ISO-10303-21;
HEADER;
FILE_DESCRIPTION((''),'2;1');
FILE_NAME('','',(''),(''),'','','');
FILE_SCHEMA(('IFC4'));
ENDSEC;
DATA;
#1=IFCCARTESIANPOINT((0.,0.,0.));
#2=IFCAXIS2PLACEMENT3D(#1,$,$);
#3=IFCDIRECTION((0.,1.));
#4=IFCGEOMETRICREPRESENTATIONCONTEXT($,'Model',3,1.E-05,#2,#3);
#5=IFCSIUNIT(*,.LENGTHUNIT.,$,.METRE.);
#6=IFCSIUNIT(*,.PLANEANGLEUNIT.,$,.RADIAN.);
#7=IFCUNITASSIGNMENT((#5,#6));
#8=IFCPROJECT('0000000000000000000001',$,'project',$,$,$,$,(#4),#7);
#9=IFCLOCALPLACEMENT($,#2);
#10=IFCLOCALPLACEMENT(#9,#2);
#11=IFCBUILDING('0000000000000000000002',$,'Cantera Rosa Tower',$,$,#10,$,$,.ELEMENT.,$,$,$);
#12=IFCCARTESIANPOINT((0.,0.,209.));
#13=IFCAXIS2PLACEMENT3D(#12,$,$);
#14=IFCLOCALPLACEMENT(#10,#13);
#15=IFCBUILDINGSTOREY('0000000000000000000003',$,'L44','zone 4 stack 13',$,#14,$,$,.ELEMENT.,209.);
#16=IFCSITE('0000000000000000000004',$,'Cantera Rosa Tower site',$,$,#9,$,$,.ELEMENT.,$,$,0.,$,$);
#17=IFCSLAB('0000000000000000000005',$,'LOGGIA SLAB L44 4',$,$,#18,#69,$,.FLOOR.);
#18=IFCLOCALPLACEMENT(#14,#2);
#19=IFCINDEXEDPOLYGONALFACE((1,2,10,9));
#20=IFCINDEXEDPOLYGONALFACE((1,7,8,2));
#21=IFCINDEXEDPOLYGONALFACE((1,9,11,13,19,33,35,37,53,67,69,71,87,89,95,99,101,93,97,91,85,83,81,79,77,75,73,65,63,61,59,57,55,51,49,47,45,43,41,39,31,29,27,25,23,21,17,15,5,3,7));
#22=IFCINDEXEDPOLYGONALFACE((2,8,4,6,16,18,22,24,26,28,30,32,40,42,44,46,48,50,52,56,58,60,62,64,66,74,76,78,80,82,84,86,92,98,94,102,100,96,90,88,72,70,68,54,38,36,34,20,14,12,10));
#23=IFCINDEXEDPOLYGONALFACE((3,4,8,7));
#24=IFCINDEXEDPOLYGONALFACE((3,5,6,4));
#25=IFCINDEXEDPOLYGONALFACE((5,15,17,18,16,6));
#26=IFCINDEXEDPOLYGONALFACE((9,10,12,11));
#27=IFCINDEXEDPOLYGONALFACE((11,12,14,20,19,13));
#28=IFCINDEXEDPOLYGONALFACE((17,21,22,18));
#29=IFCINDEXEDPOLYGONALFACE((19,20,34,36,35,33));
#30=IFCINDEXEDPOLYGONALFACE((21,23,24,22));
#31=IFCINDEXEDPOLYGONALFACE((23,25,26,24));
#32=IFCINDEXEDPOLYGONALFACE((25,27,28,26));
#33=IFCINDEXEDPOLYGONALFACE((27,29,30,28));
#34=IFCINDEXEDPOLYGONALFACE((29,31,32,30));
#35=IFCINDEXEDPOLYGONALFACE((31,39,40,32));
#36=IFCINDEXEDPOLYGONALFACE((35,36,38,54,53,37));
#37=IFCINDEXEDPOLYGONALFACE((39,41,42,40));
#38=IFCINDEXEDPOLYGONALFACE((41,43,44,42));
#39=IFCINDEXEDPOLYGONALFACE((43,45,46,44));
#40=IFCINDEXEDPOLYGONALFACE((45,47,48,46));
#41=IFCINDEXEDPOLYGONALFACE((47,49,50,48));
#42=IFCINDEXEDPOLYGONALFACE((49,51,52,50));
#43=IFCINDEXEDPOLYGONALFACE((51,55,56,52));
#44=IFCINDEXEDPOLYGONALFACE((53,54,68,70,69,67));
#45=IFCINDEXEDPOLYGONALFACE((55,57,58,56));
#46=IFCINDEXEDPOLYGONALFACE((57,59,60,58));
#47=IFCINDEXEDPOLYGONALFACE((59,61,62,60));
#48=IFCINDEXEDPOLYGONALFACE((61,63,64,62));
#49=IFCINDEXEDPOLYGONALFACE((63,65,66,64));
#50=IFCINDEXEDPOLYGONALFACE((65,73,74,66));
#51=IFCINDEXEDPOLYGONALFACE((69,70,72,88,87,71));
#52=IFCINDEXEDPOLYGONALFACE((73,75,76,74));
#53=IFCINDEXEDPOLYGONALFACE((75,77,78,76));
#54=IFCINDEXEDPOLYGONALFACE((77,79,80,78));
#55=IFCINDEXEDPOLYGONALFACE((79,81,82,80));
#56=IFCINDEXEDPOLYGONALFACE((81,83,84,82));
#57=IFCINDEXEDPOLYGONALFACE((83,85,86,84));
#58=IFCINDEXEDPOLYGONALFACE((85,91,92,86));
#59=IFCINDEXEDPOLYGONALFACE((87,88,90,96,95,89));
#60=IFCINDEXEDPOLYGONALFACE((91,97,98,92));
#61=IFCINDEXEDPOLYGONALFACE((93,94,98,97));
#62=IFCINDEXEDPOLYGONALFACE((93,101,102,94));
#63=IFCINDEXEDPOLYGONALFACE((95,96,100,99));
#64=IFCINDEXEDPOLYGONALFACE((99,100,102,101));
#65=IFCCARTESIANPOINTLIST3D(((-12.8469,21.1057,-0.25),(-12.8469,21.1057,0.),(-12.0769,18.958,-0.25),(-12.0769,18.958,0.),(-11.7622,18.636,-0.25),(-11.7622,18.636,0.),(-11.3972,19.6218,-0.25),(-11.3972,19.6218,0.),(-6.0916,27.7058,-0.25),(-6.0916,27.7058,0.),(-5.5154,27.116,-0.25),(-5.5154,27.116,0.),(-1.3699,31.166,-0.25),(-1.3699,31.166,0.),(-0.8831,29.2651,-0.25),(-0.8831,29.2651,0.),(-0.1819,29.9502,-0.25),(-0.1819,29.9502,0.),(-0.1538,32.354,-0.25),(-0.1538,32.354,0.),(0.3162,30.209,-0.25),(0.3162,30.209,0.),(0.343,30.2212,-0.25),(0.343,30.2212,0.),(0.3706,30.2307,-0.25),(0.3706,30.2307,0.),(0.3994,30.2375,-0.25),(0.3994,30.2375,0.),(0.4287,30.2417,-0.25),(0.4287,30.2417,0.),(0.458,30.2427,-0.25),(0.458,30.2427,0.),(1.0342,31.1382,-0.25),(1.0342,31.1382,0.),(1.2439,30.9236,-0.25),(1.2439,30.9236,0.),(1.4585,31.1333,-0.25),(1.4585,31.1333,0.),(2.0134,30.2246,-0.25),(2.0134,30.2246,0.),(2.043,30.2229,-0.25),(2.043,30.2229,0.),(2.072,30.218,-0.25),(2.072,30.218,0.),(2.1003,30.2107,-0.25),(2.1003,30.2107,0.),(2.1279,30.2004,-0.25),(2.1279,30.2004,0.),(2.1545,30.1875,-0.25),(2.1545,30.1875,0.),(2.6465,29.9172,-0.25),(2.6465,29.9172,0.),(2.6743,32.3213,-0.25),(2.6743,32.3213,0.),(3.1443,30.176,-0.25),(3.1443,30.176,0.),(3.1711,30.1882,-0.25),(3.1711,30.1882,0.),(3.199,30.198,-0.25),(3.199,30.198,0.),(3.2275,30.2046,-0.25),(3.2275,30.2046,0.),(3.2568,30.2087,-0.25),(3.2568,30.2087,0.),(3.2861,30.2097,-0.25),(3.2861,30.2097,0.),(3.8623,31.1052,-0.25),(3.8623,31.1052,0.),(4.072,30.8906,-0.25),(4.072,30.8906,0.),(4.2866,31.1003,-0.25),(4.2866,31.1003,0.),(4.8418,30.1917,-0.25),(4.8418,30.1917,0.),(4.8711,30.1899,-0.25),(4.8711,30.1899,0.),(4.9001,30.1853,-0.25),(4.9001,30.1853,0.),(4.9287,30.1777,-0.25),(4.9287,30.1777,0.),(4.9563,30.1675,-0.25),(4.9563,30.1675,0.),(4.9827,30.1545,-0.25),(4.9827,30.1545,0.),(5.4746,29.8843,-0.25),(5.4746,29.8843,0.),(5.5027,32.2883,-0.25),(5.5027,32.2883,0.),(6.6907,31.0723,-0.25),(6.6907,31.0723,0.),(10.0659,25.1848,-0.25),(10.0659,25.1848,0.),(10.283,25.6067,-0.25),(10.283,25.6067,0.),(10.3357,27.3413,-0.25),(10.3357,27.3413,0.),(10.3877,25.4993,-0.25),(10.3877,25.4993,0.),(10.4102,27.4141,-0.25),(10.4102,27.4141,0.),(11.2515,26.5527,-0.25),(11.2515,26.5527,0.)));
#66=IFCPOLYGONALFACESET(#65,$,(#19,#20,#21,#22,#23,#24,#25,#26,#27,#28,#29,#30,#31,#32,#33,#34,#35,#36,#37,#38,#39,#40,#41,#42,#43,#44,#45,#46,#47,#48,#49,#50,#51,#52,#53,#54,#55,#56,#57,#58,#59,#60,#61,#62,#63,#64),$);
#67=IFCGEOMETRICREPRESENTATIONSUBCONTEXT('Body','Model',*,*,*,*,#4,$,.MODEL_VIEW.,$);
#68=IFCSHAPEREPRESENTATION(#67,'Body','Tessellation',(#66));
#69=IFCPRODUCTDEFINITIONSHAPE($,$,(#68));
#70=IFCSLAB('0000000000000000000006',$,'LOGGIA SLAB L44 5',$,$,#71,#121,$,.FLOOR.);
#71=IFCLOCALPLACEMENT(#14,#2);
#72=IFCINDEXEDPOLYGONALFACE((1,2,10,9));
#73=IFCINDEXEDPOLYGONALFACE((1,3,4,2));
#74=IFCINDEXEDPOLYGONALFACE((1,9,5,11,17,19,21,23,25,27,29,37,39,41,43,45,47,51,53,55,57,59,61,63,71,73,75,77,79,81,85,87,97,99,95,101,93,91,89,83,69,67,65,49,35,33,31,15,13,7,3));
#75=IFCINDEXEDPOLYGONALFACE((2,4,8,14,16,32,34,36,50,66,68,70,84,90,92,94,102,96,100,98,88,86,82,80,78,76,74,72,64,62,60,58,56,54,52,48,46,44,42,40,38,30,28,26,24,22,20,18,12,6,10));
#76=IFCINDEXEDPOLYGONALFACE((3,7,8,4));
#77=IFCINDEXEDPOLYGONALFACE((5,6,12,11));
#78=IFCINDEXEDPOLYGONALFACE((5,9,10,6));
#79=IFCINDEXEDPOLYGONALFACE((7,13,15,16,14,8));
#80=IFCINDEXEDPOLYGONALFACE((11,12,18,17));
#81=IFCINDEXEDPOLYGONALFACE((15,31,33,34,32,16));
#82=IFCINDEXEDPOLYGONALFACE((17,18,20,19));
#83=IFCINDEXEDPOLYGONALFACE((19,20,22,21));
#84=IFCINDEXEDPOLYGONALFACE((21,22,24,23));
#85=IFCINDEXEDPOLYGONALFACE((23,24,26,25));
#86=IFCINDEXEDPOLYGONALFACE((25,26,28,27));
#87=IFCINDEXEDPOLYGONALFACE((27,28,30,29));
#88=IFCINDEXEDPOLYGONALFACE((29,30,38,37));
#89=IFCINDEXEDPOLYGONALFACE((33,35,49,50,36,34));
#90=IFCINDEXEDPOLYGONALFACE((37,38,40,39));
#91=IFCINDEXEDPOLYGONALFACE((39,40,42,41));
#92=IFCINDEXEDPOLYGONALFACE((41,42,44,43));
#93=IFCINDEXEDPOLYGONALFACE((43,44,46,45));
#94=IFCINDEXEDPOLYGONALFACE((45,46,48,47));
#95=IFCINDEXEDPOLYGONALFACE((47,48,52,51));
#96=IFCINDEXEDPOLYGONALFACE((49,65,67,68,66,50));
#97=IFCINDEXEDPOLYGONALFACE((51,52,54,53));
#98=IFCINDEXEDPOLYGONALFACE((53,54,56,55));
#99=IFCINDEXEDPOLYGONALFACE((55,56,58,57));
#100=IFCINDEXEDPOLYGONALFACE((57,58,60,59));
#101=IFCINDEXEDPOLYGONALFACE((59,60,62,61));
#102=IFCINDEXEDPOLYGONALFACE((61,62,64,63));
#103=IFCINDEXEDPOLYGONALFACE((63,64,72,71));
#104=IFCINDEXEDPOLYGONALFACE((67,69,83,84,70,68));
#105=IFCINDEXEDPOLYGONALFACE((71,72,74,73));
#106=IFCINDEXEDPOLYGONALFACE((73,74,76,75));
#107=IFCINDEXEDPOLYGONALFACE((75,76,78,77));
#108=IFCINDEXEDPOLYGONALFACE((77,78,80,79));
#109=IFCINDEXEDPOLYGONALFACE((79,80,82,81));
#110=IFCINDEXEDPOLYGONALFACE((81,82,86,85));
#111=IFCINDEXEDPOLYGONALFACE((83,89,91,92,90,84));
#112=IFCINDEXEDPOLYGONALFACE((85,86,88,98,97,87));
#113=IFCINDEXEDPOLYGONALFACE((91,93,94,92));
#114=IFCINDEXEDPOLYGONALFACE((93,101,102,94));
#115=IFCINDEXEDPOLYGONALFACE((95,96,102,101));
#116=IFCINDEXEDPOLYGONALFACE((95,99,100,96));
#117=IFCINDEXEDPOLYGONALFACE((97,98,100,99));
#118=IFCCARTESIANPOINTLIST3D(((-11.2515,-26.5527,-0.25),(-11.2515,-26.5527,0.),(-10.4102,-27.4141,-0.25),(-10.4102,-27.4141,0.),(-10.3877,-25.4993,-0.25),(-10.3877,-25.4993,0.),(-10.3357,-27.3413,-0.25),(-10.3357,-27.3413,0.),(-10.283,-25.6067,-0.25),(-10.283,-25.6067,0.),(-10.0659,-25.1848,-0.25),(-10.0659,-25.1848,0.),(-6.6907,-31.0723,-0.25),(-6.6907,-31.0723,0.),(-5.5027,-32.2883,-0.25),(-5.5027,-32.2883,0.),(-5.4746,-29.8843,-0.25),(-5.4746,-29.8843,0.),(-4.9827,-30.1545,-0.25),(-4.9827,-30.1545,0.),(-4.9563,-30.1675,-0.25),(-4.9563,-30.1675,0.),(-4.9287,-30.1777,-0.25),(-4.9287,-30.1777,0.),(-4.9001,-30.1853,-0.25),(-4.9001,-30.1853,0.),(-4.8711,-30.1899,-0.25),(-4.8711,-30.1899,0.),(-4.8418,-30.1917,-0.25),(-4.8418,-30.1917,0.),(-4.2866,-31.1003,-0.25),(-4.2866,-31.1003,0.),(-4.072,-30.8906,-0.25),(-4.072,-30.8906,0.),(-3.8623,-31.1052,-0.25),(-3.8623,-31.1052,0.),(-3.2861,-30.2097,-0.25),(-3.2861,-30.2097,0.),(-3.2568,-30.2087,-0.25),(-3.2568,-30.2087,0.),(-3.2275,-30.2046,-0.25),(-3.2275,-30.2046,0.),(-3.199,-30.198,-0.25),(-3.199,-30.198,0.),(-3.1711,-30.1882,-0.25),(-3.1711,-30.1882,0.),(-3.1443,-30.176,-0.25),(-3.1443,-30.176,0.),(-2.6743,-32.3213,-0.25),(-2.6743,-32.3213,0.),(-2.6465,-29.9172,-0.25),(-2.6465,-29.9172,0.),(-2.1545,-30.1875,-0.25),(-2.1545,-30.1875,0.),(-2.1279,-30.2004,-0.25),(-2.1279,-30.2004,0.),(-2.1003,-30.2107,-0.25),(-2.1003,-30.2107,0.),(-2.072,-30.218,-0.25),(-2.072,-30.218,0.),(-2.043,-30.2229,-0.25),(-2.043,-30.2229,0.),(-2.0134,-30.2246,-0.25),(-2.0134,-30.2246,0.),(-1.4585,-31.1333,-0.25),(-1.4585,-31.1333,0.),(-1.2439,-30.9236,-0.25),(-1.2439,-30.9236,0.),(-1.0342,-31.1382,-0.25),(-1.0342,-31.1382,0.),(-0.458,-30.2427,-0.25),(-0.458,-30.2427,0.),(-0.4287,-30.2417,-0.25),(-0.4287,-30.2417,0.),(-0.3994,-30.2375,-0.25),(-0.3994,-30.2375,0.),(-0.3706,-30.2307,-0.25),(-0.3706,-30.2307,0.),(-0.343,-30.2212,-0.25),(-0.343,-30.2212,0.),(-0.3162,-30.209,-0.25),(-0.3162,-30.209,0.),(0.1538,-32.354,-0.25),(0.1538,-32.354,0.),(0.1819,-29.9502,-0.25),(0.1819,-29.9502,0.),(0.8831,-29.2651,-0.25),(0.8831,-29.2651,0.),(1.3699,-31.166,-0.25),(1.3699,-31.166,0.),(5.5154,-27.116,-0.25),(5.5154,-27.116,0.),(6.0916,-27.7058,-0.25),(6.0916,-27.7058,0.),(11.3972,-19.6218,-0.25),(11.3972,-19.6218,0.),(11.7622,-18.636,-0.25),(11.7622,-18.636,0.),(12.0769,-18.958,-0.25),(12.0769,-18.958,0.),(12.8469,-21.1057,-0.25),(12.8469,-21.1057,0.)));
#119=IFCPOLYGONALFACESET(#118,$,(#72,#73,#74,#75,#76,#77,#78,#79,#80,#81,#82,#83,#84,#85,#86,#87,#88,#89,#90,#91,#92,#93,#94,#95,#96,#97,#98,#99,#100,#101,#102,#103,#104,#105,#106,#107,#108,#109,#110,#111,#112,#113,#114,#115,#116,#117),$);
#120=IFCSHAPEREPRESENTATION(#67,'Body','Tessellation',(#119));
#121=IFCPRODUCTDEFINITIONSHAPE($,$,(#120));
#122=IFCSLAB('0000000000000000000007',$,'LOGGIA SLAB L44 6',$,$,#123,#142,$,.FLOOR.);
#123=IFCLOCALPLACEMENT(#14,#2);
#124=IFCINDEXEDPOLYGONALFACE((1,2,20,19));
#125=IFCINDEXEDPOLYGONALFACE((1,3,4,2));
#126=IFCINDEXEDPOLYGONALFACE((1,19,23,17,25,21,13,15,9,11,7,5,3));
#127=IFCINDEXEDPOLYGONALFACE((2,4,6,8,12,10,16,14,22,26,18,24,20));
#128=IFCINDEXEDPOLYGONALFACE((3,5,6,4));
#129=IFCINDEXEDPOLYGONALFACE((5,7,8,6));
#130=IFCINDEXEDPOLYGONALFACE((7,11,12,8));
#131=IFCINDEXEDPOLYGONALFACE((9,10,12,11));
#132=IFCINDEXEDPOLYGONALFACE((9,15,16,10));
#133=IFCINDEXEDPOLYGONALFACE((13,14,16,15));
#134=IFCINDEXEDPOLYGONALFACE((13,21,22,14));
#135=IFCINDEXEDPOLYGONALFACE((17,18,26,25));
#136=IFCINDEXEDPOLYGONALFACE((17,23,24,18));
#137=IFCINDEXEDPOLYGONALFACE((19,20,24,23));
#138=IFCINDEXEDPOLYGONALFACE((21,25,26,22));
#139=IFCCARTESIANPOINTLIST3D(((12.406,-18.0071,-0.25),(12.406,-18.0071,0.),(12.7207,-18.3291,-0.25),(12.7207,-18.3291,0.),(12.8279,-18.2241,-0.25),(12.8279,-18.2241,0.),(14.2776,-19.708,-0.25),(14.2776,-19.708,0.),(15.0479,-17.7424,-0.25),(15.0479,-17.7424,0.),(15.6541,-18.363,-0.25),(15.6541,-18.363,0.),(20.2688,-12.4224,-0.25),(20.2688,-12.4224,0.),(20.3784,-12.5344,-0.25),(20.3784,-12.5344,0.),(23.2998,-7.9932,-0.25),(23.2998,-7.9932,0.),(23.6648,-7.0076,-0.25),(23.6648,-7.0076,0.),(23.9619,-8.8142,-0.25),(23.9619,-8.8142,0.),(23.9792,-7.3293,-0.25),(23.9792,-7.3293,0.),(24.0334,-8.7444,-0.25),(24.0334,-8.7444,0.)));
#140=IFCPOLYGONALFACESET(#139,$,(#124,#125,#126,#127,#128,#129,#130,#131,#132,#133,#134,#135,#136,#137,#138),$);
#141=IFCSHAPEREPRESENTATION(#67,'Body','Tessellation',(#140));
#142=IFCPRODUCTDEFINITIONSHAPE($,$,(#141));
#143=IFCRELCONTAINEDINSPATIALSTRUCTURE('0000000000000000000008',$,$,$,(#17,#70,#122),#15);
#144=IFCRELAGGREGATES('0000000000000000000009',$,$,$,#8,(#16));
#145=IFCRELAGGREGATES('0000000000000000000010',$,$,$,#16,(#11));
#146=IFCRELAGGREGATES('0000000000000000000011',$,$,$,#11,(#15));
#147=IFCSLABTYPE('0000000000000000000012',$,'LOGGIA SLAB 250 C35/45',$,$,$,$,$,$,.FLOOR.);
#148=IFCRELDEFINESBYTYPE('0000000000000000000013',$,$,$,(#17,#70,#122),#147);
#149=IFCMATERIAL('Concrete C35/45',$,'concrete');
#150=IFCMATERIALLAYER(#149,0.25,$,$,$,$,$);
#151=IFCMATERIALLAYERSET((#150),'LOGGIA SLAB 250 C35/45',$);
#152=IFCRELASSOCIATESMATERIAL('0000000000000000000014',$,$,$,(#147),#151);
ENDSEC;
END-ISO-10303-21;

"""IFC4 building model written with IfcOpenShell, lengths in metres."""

from ifc_helpers import new_model, si_unit, direction, frame, origin, place, context, subcontext, project, spatial, polyline, outline, extrude, material, layer, layer_set, type_object, element, save


model = new_model("IFC4")

# Units and contexts
model_context = context("Model", 3, precision=1e-05, world=origin(), true_north=direction((0.0, 1.0)))
body_context = subcontext(model_context, "Body", "Model", "MODEL_VIEW")
ifc_project = project(units=[si_unit("LENGTHUNIT", "METRE"), si_unit("PLANEANGLEUNIT", "RADIAN")], contexts=[model_context])

# Site, building, storey
site_placement = place(None, origin())
site = spatial("IfcSite", under=ifc_project, at=site_placement, Name="Cantera Rosa Tower site", CompositionType="ELEMENT", RefElevation=0.0)
building_placement = place(site_placement, origin())
building = spatial("IfcBuilding", under=site, at=building_placement, Name="Cantera Rosa Tower", CompositionType="ELEMENT")
storey_placement = place(building_placement, frame((0.0, 0.0, 209.0)))
storey = spatial("IfcBuildingStorey", under=building, at=storey_placement, Name="L44", Description="zone 4 stack 13", CompositionType="ELEMENT", Elevation=209.0)

# Slabs
ifc_material_1 = material(Name="Concrete C35/45", Category="concrete")
ifc_layer_1 = layer(ifc_material_1, 0.25)
ifc_layer_set_1 = layer_set([ifc_layer_1], Name="LOGGIA SLAB 250 C35/45")
slab_type_1 = type_object("IfcSlabType", Name="LOGGIA SLAB 250 C35/45", PredefinedType="FLOOR", material=ifc_layer_set_1)
slab_1_placement = place(storey_placement, frame((0.0, 0.0, -0.25)))
element("IfcSlab", 1, at=slab_1_placement, inside=storey, type_object=slab_type_1, Name="LOGGIA SLAB L44 4", PredefinedType="FLOOR", context=body_context, shape_type="SweptSolid", body=[
    extrude(outline(polyline([(-1.3699, 31.166), (-0.1538, 32.354), (1.0342, 31.1382), (1.2439, 30.9236), (1.4585, 31.1333), (2.6743, 32.3213), (3.8623, 31.1052), (4.072, 30.8906), (4.2866, 31.1003), (5.5027, 32.2883), (6.6907, 31.0723), (10.3357, 27.3413), (10.4102, 27.4141), (11.2515, 26.5527), (10.283, 25.6067), (10.3877, 25.4993), (10.0659, 25.1848), (5.4746, 29.8843), (4.9827, 30.1545), (4.9563, 30.1675), (4.9287, 30.1777), (4.9001, 30.1853), (4.8711, 30.1899), (4.8418, 30.1917), (3.2861, 30.2097), (3.2568, 30.2087), (3.2275, 30.2046), (3.199, 30.198), (3.1711, 30.1882), (3.1443, 30.176), (2.6465, 29.9172), (2.1545, 30.1875), (2.1279, 30.2004), (2.1003, 30.2107), (2.072, 30.218), (2.043, 30.2229), (2.0134, 30.2246), (0.458, 30.2427), (0.4287, 30.2417), (0.3994, 30.2375), (0.3706, 30.2307), (0.343, 30.2212), (0.3162, 30.209), (-0.1819, 29.9502), (-0.8831, 29.2651), (-11.7622, 18.636), (-12.0769, 18.958), (-11.3972, 19.6218), (-12.8469, 21.1057), (-6.0916, 27.7058), (-5.5154, 27.116), (-1.3699, 31.166)])), origin(), (0.0, 0.0, 1.0), 0.25),
])
slab_2_placement = place(storey_placement, frame((0.0, 0.0, -0.25)))
element("IfcSlab", 2, at=slab_2_placement, inside=storey, type_object=slab_type_1, Name="LOGGIA SLAB L44 5", PredefinedType="FLOOR", context=body_context, shape_type="SweptSolid", body=[
    extrude(outline(polyline([(1.3699, -31.166), (0.1538, -32.354), (-1.0342, -31.1382), (-1.2439, -30.9236), (-1.4585, -31.1333), (-2.6743, -32.3213), (-3.8623, -31.1052), (-4.072, -30.8906), (-4.2866, -31.1003), (-5.5027, -32.2883), (-6.6907, -31.0723), (-10.3357, -27.3413), (-10.4102, -27.4141), (-11.2515, -26.5527), (-10.283, -25.6067), (-10.3877, -25.4993), (-10.0659, -25.1848), (-5.4746, -29.8843), (-4.9827, -30.1545), (-4.9563, -30.1675), (-4.9287, -30.1777), (-4.9001, -30.1853), (-4.8711, -30.1899), (-4.8418, -30.1917), (-3.2861, -30.2097), (-3.2568, -30.2087), (-3.2275, -30.2046), (-3.199, -30.198), (-3.1711, -30.1882), (-3.1443, -30.176), (-2.6465, -29.9172), (-2.1545, -30.1875), (-2.1279, -30.2004), (-2.1003, -30.2107), (-2.072, -30.218), (-2.043, -30.2229), (-2.0134, -30.2246), (-0.458, -30.2427), (-0.4287, -30.2417), (-0.3994, -30.2375), (-0.3706, -30.2307), (-0.343, -30.2212), (-0.3162, -30.209), (0.1819, -29.9502), (0.8831, -29.2651), (11.7622, -18.636), (12.0769, -18.958), (11.3972, -19.6218), (12.8469, -21.1057), (6.0916, -27.7058), (5.5154, -27.116), (1.3699, -31.166)])), origin(), (0.0, 0.0, 1.0), 0.25),
])
slab_3_placement = place(storey_placement, frame((0.0, 0.0, -0.25)))
element("IfcSlab", 3, at=slab_3_placement, inside=storey, type_object=slab_type_1, Name="LOGGIA SLAB L44 6", PredefinedType="FLOOR", context=body_context, shape_type="SweptSolid", body=[
    extrude(outline(polyline([(12.8279, -18.2241), (12.7207, -18.3291), (12.406, -18.0071), (23.6648, -7.0076), (23.9792, -7.3293), (23.2998, -7.9932), (24.0334, -8.7444), (23.9619, -8.8142), (20.2688, -12.4224), (20.3784, -12.5344), (15.0479, -17.7424), (15.6541, -18.363), (14.2776, -19.708), (12.8279, -18.2241)])), origin(), (0.0, 0.0, 1.0), 0.25),
])

save(model, "model.ifc")
